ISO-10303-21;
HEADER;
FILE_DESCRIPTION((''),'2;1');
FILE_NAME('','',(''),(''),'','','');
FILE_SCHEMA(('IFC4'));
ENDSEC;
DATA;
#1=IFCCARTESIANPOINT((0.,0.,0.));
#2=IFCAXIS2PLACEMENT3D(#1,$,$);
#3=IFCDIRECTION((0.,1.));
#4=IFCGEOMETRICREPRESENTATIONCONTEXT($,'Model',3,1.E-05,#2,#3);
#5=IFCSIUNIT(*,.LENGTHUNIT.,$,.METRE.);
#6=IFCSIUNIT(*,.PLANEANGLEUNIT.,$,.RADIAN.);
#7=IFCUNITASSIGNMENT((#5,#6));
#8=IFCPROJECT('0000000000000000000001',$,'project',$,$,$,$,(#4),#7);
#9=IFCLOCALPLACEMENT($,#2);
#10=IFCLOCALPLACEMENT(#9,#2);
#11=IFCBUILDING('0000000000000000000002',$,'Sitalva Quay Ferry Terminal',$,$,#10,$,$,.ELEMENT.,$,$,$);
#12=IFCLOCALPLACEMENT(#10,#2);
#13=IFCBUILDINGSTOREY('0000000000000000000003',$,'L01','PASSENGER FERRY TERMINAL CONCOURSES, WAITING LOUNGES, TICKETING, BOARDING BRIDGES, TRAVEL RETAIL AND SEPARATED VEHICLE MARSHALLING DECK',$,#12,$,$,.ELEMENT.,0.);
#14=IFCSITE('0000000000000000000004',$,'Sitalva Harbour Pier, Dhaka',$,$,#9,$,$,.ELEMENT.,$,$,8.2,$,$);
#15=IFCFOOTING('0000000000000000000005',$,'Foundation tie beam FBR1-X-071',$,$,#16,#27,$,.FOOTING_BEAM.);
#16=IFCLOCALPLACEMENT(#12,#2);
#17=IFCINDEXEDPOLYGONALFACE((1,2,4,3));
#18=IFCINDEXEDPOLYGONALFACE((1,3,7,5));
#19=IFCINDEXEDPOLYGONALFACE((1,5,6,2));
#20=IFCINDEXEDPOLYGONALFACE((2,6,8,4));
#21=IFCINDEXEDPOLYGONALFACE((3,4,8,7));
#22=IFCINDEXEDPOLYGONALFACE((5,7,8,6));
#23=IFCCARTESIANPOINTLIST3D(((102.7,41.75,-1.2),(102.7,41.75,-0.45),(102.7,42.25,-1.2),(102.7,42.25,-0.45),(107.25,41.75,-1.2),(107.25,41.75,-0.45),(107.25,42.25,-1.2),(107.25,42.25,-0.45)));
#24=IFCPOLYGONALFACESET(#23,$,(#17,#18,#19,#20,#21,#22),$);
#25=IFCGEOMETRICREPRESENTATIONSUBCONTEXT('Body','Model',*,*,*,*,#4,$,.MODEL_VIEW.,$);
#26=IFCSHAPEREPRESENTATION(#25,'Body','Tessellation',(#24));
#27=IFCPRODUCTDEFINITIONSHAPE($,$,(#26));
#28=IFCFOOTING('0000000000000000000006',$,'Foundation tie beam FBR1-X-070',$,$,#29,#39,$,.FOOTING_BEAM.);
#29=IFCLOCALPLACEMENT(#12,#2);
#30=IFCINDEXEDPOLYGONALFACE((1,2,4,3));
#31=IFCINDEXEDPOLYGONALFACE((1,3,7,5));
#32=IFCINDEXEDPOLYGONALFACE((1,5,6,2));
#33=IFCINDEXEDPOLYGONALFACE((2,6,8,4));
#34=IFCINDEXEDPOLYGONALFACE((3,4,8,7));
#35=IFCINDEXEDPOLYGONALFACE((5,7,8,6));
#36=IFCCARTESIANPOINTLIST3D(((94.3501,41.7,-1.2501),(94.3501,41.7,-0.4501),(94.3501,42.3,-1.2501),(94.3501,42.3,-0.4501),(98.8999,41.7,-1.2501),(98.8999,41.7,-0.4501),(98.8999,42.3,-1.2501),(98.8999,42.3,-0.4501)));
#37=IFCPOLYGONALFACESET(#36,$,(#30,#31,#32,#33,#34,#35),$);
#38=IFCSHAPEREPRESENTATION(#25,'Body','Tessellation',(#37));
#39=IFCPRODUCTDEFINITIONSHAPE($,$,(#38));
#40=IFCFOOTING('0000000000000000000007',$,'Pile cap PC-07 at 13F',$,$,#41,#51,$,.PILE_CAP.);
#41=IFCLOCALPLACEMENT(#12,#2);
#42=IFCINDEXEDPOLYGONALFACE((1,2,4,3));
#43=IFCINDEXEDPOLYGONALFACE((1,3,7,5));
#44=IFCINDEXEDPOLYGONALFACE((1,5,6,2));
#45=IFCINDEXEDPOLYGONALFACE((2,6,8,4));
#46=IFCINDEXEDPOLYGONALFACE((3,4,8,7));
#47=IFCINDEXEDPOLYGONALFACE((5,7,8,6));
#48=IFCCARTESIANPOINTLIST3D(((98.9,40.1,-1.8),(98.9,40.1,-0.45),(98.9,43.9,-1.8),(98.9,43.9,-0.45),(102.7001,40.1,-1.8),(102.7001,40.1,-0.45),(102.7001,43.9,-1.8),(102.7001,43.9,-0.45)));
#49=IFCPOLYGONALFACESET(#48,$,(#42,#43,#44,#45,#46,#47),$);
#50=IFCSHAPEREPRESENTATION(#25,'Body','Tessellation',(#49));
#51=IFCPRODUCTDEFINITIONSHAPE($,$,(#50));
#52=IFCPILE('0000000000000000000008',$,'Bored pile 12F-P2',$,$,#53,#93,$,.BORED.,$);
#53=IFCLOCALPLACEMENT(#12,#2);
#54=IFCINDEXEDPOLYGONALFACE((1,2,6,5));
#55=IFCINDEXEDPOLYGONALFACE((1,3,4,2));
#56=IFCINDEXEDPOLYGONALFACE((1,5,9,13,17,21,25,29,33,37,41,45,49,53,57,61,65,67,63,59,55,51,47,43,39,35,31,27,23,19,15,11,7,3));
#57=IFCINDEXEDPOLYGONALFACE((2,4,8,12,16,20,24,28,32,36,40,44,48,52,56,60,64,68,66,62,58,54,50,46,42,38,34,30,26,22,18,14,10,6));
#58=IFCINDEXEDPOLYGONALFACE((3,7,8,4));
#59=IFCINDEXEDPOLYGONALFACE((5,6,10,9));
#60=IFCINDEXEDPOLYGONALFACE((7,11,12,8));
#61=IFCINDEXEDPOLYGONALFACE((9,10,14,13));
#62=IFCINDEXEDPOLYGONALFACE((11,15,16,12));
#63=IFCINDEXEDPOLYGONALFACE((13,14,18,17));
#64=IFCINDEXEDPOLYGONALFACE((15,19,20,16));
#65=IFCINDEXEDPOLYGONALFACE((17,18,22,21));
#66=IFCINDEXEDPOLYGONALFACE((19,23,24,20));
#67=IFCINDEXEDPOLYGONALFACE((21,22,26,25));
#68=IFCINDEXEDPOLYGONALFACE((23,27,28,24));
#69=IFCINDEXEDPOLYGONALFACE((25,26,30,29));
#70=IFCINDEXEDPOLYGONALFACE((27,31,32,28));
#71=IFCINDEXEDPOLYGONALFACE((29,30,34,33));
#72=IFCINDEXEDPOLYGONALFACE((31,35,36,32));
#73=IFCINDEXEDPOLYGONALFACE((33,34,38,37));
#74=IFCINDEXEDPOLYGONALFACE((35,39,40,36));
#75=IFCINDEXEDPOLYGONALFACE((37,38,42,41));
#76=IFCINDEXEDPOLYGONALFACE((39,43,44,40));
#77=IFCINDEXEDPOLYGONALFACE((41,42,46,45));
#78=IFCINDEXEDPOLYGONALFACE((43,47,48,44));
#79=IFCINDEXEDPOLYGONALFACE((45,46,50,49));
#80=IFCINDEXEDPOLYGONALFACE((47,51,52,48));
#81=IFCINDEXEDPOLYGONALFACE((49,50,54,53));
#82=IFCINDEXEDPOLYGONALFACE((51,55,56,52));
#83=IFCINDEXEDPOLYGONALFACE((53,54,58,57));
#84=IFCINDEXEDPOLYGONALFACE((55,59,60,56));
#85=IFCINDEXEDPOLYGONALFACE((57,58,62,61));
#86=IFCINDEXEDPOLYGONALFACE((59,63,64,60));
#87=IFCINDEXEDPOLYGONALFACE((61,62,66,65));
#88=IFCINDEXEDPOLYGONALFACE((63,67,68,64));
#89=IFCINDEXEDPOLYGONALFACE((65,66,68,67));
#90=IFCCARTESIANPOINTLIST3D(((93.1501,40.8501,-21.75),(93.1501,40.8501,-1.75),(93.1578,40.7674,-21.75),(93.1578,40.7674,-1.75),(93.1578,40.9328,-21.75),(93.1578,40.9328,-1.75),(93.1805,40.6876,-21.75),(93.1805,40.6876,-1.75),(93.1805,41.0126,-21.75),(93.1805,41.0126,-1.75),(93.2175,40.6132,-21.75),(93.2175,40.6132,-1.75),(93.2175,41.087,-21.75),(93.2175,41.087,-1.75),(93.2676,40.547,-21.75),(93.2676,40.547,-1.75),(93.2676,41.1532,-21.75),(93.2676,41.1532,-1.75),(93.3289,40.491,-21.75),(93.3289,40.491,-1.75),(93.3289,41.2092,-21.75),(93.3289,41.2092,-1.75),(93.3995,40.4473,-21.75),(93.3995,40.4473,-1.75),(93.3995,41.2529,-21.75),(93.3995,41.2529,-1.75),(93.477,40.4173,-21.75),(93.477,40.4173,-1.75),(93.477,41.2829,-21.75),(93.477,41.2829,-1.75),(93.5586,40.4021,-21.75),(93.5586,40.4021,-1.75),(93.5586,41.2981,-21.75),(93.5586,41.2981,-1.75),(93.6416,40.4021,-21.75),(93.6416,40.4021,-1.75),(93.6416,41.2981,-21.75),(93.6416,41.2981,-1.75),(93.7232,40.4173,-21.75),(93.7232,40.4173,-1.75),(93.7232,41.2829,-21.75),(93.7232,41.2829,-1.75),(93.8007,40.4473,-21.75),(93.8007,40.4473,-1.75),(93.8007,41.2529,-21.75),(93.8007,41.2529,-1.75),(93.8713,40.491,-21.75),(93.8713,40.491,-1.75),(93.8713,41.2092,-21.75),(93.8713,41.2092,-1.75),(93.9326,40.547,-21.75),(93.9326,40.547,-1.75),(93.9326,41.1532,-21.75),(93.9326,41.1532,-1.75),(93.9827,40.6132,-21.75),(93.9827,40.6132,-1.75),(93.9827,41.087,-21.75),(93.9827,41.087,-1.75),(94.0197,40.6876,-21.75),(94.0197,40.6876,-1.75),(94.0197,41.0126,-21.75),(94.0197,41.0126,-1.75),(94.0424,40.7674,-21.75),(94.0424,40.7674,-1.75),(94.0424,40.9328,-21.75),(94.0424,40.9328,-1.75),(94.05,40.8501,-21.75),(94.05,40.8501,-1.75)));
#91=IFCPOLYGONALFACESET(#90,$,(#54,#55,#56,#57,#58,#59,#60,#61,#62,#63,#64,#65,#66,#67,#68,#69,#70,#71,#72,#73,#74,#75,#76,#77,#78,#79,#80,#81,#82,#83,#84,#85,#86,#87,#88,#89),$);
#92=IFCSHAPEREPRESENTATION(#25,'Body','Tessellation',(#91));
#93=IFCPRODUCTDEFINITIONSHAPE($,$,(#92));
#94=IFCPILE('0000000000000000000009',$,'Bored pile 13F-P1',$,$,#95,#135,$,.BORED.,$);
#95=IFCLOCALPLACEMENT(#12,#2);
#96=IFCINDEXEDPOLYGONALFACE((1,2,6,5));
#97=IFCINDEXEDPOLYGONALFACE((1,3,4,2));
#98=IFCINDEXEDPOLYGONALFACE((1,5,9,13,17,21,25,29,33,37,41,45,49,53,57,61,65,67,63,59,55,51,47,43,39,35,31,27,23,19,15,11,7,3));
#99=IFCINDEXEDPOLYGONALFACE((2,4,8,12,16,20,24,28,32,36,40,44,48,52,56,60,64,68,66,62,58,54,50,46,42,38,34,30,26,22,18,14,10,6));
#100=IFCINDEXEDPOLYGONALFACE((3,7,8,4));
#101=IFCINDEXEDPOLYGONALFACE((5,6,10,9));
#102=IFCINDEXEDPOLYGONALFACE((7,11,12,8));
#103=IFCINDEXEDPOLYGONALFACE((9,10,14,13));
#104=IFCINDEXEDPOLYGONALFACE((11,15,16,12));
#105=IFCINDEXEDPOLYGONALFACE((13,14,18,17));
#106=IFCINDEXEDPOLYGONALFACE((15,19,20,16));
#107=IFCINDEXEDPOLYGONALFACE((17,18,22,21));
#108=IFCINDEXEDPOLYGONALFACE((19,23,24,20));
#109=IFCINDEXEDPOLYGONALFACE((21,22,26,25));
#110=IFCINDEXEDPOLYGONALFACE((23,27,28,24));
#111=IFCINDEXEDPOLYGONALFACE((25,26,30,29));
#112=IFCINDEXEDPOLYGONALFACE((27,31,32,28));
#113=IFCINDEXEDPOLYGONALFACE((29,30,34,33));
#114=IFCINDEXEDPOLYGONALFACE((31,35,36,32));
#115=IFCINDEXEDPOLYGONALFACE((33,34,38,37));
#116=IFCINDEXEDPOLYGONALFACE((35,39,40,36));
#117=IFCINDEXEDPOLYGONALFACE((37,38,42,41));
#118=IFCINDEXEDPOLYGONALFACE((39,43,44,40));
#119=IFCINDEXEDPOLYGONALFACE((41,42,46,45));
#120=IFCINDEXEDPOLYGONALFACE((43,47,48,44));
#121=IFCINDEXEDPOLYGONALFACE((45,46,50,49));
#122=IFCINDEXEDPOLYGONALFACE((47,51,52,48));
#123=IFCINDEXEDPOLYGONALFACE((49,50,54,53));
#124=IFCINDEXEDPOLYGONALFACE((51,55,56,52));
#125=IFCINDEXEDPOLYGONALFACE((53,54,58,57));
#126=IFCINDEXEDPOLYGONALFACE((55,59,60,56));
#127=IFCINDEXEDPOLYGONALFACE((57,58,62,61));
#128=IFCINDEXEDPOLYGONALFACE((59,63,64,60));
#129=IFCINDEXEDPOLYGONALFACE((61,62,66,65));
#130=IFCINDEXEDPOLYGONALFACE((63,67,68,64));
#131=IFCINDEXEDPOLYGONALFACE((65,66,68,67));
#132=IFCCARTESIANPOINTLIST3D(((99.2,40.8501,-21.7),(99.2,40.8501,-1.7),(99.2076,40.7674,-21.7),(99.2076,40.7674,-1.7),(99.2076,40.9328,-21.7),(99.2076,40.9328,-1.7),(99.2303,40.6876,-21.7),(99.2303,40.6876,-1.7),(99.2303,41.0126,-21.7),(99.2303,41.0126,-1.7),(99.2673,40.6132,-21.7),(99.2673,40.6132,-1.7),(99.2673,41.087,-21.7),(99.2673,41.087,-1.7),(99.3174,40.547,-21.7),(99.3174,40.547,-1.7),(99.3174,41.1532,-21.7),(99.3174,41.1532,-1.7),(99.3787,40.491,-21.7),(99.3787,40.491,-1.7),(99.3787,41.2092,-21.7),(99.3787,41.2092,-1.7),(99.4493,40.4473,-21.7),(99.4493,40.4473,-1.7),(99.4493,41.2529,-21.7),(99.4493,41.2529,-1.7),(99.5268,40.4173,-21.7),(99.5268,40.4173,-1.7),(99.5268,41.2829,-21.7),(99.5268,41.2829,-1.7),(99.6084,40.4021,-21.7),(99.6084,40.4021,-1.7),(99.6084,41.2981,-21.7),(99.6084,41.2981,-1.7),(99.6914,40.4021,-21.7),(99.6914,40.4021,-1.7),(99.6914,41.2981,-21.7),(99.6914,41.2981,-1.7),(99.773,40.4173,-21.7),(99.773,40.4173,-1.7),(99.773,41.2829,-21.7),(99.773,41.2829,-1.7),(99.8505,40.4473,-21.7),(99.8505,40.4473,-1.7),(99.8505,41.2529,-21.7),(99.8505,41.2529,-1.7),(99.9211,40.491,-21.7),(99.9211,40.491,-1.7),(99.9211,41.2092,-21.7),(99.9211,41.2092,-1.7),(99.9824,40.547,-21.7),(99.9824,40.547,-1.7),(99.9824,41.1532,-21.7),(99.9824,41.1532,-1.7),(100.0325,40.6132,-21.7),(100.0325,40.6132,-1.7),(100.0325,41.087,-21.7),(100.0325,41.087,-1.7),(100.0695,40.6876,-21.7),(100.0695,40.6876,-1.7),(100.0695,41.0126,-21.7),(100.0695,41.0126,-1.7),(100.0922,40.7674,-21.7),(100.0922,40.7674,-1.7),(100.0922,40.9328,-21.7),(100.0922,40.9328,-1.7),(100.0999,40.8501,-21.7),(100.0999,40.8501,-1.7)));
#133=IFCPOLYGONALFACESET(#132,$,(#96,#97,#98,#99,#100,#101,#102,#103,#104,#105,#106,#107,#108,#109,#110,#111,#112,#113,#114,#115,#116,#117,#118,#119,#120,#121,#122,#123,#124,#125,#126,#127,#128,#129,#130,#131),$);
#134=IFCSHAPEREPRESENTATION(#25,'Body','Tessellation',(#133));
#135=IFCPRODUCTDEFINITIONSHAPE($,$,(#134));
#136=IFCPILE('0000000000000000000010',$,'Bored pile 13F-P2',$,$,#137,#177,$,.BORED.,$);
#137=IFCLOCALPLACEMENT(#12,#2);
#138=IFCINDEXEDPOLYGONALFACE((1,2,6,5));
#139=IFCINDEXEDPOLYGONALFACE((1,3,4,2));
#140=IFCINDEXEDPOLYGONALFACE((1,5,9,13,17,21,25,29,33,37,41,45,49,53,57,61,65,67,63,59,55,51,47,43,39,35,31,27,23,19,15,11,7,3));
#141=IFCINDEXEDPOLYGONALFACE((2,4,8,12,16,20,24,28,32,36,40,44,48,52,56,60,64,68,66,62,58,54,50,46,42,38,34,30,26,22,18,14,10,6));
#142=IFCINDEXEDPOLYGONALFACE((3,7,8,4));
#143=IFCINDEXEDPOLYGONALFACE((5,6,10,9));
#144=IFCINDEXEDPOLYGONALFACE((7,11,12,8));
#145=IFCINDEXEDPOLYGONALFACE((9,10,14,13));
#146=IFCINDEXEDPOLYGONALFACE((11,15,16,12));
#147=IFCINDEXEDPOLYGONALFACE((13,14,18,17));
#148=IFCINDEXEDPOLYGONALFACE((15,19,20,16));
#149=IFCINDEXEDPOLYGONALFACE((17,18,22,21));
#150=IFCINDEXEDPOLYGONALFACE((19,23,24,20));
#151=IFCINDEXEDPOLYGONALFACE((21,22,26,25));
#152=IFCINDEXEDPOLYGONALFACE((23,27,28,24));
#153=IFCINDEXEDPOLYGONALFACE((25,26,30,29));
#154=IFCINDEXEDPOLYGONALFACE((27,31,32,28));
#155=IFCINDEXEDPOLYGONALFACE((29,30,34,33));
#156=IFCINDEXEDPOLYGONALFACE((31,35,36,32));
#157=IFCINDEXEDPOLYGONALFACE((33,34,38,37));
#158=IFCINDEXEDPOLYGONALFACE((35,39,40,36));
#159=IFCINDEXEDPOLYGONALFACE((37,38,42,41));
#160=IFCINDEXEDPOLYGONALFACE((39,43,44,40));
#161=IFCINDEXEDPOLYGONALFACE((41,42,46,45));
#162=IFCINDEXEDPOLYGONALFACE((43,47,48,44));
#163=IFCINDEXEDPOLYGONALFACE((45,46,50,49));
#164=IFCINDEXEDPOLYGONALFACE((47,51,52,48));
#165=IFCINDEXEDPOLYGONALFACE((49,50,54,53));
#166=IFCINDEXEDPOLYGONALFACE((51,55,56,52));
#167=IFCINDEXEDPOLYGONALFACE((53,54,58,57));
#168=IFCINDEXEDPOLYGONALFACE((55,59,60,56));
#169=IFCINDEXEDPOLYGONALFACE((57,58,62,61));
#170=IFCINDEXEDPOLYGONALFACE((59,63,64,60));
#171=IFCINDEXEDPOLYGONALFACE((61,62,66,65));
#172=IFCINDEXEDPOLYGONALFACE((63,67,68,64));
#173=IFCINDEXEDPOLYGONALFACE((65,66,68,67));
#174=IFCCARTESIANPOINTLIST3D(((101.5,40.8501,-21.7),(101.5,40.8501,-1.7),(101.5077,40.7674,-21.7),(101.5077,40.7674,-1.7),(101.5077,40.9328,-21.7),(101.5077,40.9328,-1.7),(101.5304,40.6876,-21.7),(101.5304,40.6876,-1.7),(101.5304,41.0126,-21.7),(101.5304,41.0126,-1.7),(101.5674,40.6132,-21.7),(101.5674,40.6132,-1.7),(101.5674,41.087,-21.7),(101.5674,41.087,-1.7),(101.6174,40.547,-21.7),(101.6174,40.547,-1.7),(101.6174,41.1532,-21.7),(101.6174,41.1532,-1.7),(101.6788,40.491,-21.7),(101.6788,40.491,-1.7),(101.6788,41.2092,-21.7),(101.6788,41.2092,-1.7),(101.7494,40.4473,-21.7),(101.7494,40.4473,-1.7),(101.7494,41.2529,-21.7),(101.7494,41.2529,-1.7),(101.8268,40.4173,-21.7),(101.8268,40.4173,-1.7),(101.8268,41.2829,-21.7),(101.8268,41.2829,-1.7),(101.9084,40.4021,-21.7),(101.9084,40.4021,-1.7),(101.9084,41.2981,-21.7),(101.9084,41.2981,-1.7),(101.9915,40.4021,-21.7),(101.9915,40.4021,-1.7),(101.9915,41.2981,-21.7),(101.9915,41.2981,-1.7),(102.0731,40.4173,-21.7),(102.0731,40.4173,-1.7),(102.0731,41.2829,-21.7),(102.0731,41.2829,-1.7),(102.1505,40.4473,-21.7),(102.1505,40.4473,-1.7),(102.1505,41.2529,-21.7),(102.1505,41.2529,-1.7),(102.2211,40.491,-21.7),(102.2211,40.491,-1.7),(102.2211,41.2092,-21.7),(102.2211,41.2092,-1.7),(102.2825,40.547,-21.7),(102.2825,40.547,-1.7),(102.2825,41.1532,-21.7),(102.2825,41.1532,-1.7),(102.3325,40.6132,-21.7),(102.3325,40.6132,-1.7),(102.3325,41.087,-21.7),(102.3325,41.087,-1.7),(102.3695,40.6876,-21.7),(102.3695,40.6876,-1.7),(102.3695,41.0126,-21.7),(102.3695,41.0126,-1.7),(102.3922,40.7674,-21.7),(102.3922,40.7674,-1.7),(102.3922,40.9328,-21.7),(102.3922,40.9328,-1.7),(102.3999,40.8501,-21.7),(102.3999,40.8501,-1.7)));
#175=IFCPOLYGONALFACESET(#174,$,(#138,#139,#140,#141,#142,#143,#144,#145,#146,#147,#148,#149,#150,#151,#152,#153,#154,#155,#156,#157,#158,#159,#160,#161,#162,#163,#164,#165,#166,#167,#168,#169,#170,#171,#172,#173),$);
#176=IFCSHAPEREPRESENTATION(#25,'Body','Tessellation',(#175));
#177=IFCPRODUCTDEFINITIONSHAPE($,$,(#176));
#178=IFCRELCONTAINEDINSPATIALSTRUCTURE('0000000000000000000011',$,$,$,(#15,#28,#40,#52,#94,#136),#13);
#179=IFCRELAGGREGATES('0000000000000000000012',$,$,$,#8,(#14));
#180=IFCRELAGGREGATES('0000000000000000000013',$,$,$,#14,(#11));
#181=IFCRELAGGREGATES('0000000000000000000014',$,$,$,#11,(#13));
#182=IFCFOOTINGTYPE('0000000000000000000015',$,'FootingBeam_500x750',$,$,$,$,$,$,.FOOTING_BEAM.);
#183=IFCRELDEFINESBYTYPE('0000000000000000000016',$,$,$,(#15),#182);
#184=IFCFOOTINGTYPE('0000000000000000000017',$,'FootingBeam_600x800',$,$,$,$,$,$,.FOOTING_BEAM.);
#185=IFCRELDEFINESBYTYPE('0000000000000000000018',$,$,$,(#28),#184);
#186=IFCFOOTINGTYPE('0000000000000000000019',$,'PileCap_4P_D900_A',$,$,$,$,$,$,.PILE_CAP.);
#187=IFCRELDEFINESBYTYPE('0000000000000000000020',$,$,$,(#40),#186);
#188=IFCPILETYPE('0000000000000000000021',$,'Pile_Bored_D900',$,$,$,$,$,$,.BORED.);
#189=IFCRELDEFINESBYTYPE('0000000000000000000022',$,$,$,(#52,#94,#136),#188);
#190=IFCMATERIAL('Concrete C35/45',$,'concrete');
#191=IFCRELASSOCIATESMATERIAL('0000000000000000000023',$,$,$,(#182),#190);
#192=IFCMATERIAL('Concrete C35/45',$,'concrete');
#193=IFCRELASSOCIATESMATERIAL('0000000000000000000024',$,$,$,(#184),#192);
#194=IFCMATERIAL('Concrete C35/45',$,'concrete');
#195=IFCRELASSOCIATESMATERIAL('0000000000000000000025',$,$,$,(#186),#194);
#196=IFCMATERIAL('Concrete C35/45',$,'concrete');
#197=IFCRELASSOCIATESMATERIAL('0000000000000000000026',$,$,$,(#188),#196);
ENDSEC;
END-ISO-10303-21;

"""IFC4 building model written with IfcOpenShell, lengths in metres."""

from ifc_helpers import new_model, si_unit, direction, frame, origin, origin_2d, place, context, subcontext, project, spatial, rectangle, circle, extrude, material, material_profile, profile_set, type_object, element, save


model = new_model("IFC4")

# Units and contexts
model_context = context("Model", 3, precision=1e-05, world=origin(), true_north=direction((0.0, 1.0)))
body_context = subcontext(model_context, "Body", "Model", "MODEL_VIEW")
ifc_project = project(units=[si_unit("LENGTHUNIT", "METRE"), si_unit("PLANEANGLEUNIT", "RADIAN")], contexts=[model_context])

# Site, building, storey
site_placement = place(None, origin())
site = spatial("IfcSite", under=ifc_project, at=site_placement, Name="Sitalva Harbour Pier, Dhaka", CompositionType="ELEMENT", RefElevation=8.2)
building_placement = place(site_placement, origin())
building = spatial("IfcBuilding", under=site, at=building_placement, Name="Sitalva Quay Ferry Terminal", CompositionType="ELEMENT")
storey_placement = place(building_placement, origin())
storey = spatial("IfcBuildingStorey", under=building, at=storey_placement, Name="L01", Description="PASSENGER FERRY TERMINAL CONCOURSES, WAITING LOUNGES, TICKETING, BOARDING BRIDGES, TRAVEL RETAIL AND SEPARATED VEHICLE MARSHALLING DECK", CompositionType="ELEMENT", Elevation=0.0)

# Footings
ifc_material_1 = material(Name="Concrete C35/45", Category="concrete")
ifc_material_profile_1 = material_profile(ifc_material_1, rectangle(XDim=0.5, YDim=0.75, at=origin_2d()), Name="RC500x750")
ifc_profile_set_1 = profile_set([ifc_material_profile_1], Name="Concrete C35/45")
footing_type_1 = type_object("IfcFootingType", Name="FootingBeam_500x750", PredefinedType="FOOTING_BEAM", material=ifc_profile_set_1)
footing_1_placement = place(storey_placement, frame((102.7, 42.0, -0.825), z_axis=(1.0, 0.0, 0.0), x_axis=(0.0, 1.0, 0.0)))
element("IfcFooting", 1, at=footing_1_placement, inside=storey, type_object=footing_type_1, Name="Foundation tie beam FBR1-X-071", PredefinedType="FOOTING_BEAM", context=body_context, shape_type="SweptSolid", body=[
    extrude(rectangle(XDim=0.5, YDim=0.75, at=origin_2d()), origin(), (0.0, 0.0, 1.0), 4.55),
])
ifc_material_2 = material(Name="Concrete C35/45", Category="concrete")
ifc_material_profile_2 = material_profile(ifc_material_2, rectangle(XDim=0.6001, YDim=0.8, at=origin_2d()), Name="RC600x800")
ifc_profile_set_2 = profile_set([ifc_material_profile_2], Name="Concrete C35/45")
footing_type_2 = type_object("IfcFootingType", Name="FootingBeam_600x800", PredefinedType="FOOTING_BEAM", material=ifc_profile_set_2)
footing_2_placement = place(storey_placement, frame((94.3501, 42.0, -0.8501), z_axis=(1.0, 0.0, 0.0), x_axis=(0.0, 1.0, 0.0)))
element("IfcFooting", 2, at=footing_2_placement, inside=storey, type_object=footing_type_2, Name="Foundation tie beam FBR1-X-070", PredefinedType="FOOTING_BEAM", context=body_context, shape_type="SweptSolid", body=[
    extrude(rectangle(XDim=0.6001, YDim=0.8, at=origin_2d()), origin(), (0.0, 0.0, 1.0), 4.5498),
])
ifc_material_3 = material(Name="Concrete C35/45", Category="concrete")
footing_type_3 = type_object("IfcFootingType", Name="PileCap_4P_D900_A", PredefinedType="PILE_CAP", material=ifc_material_3)
footing_3_placement = place(storey_placement, frame((100.8, 42.0, -1.8), z_axis=(0.0, 0.0, 1.0), x_axis=(1.0, 0.0, 0.0)))
element("IfcFooting", 3, at=footing_3_placement, inside=storey, type_object=footing_type_3, Name="Pile cap PC-07 at 13F", PredefinedType="PILE_CAP", context=body_context, shape_type="SweptSolid", body=[
    extrude(rectangle(XDim=3.8, YDim=3.8, at=origin_2d()), origin(), (0.0, 0.0, 1.0), 1.3501),
])

# Piles
ifc_material_4 = material(Name="Concrete C35/45", Category="concrete")
ifc_material_profile_3 = material_profile(ifc_material_4, circle(Radius=0.45, at=origin_2d()), Name="PILE-D900")
ifc_profile_set_3 = profile_set([ifc_material_profile_3], Name="Concrete C35/45")
pile_type = type_object("IfcPileType", Name="Pile_Bored_D900", PredefinedType="BORED", material=ifc_profile_set_3)
for number, where, z_axis, x_axis, name in (
    (4, (93.6001, 40.8501, -1.75), (0.0, 0.0, -1.0), (1.0, 0.0, 0.0), "Bored pile 12F-P2"),
    (5, (99.6499, 40.8501, -1.7), (0.0, 0.0, -1.0), (1.0, 0.0, 0.0), "Bored pile 13F-P1"),
    (6, (101.95, 40.8501, -1.7), (0.0, 0.0, -1.0), (1.0, 0.0, 0.0), "Bored pile 13F-P2"),
):
    element("IfcPile", number, at=place(storey_placement, frame(where, z_axis=z_axis, x_axis=x_axis)), inside=storey, type_object=pile_type, Name=name, PredefinedType="BORED", context=body_context, shape_type="SweptSolid", body=[
        extrude(circle(Radius=0.45, at=origin_2d()), origin(), (0.0, 0.0, 1.0), 20.0),
    ])

save(model, "model.ifc")
